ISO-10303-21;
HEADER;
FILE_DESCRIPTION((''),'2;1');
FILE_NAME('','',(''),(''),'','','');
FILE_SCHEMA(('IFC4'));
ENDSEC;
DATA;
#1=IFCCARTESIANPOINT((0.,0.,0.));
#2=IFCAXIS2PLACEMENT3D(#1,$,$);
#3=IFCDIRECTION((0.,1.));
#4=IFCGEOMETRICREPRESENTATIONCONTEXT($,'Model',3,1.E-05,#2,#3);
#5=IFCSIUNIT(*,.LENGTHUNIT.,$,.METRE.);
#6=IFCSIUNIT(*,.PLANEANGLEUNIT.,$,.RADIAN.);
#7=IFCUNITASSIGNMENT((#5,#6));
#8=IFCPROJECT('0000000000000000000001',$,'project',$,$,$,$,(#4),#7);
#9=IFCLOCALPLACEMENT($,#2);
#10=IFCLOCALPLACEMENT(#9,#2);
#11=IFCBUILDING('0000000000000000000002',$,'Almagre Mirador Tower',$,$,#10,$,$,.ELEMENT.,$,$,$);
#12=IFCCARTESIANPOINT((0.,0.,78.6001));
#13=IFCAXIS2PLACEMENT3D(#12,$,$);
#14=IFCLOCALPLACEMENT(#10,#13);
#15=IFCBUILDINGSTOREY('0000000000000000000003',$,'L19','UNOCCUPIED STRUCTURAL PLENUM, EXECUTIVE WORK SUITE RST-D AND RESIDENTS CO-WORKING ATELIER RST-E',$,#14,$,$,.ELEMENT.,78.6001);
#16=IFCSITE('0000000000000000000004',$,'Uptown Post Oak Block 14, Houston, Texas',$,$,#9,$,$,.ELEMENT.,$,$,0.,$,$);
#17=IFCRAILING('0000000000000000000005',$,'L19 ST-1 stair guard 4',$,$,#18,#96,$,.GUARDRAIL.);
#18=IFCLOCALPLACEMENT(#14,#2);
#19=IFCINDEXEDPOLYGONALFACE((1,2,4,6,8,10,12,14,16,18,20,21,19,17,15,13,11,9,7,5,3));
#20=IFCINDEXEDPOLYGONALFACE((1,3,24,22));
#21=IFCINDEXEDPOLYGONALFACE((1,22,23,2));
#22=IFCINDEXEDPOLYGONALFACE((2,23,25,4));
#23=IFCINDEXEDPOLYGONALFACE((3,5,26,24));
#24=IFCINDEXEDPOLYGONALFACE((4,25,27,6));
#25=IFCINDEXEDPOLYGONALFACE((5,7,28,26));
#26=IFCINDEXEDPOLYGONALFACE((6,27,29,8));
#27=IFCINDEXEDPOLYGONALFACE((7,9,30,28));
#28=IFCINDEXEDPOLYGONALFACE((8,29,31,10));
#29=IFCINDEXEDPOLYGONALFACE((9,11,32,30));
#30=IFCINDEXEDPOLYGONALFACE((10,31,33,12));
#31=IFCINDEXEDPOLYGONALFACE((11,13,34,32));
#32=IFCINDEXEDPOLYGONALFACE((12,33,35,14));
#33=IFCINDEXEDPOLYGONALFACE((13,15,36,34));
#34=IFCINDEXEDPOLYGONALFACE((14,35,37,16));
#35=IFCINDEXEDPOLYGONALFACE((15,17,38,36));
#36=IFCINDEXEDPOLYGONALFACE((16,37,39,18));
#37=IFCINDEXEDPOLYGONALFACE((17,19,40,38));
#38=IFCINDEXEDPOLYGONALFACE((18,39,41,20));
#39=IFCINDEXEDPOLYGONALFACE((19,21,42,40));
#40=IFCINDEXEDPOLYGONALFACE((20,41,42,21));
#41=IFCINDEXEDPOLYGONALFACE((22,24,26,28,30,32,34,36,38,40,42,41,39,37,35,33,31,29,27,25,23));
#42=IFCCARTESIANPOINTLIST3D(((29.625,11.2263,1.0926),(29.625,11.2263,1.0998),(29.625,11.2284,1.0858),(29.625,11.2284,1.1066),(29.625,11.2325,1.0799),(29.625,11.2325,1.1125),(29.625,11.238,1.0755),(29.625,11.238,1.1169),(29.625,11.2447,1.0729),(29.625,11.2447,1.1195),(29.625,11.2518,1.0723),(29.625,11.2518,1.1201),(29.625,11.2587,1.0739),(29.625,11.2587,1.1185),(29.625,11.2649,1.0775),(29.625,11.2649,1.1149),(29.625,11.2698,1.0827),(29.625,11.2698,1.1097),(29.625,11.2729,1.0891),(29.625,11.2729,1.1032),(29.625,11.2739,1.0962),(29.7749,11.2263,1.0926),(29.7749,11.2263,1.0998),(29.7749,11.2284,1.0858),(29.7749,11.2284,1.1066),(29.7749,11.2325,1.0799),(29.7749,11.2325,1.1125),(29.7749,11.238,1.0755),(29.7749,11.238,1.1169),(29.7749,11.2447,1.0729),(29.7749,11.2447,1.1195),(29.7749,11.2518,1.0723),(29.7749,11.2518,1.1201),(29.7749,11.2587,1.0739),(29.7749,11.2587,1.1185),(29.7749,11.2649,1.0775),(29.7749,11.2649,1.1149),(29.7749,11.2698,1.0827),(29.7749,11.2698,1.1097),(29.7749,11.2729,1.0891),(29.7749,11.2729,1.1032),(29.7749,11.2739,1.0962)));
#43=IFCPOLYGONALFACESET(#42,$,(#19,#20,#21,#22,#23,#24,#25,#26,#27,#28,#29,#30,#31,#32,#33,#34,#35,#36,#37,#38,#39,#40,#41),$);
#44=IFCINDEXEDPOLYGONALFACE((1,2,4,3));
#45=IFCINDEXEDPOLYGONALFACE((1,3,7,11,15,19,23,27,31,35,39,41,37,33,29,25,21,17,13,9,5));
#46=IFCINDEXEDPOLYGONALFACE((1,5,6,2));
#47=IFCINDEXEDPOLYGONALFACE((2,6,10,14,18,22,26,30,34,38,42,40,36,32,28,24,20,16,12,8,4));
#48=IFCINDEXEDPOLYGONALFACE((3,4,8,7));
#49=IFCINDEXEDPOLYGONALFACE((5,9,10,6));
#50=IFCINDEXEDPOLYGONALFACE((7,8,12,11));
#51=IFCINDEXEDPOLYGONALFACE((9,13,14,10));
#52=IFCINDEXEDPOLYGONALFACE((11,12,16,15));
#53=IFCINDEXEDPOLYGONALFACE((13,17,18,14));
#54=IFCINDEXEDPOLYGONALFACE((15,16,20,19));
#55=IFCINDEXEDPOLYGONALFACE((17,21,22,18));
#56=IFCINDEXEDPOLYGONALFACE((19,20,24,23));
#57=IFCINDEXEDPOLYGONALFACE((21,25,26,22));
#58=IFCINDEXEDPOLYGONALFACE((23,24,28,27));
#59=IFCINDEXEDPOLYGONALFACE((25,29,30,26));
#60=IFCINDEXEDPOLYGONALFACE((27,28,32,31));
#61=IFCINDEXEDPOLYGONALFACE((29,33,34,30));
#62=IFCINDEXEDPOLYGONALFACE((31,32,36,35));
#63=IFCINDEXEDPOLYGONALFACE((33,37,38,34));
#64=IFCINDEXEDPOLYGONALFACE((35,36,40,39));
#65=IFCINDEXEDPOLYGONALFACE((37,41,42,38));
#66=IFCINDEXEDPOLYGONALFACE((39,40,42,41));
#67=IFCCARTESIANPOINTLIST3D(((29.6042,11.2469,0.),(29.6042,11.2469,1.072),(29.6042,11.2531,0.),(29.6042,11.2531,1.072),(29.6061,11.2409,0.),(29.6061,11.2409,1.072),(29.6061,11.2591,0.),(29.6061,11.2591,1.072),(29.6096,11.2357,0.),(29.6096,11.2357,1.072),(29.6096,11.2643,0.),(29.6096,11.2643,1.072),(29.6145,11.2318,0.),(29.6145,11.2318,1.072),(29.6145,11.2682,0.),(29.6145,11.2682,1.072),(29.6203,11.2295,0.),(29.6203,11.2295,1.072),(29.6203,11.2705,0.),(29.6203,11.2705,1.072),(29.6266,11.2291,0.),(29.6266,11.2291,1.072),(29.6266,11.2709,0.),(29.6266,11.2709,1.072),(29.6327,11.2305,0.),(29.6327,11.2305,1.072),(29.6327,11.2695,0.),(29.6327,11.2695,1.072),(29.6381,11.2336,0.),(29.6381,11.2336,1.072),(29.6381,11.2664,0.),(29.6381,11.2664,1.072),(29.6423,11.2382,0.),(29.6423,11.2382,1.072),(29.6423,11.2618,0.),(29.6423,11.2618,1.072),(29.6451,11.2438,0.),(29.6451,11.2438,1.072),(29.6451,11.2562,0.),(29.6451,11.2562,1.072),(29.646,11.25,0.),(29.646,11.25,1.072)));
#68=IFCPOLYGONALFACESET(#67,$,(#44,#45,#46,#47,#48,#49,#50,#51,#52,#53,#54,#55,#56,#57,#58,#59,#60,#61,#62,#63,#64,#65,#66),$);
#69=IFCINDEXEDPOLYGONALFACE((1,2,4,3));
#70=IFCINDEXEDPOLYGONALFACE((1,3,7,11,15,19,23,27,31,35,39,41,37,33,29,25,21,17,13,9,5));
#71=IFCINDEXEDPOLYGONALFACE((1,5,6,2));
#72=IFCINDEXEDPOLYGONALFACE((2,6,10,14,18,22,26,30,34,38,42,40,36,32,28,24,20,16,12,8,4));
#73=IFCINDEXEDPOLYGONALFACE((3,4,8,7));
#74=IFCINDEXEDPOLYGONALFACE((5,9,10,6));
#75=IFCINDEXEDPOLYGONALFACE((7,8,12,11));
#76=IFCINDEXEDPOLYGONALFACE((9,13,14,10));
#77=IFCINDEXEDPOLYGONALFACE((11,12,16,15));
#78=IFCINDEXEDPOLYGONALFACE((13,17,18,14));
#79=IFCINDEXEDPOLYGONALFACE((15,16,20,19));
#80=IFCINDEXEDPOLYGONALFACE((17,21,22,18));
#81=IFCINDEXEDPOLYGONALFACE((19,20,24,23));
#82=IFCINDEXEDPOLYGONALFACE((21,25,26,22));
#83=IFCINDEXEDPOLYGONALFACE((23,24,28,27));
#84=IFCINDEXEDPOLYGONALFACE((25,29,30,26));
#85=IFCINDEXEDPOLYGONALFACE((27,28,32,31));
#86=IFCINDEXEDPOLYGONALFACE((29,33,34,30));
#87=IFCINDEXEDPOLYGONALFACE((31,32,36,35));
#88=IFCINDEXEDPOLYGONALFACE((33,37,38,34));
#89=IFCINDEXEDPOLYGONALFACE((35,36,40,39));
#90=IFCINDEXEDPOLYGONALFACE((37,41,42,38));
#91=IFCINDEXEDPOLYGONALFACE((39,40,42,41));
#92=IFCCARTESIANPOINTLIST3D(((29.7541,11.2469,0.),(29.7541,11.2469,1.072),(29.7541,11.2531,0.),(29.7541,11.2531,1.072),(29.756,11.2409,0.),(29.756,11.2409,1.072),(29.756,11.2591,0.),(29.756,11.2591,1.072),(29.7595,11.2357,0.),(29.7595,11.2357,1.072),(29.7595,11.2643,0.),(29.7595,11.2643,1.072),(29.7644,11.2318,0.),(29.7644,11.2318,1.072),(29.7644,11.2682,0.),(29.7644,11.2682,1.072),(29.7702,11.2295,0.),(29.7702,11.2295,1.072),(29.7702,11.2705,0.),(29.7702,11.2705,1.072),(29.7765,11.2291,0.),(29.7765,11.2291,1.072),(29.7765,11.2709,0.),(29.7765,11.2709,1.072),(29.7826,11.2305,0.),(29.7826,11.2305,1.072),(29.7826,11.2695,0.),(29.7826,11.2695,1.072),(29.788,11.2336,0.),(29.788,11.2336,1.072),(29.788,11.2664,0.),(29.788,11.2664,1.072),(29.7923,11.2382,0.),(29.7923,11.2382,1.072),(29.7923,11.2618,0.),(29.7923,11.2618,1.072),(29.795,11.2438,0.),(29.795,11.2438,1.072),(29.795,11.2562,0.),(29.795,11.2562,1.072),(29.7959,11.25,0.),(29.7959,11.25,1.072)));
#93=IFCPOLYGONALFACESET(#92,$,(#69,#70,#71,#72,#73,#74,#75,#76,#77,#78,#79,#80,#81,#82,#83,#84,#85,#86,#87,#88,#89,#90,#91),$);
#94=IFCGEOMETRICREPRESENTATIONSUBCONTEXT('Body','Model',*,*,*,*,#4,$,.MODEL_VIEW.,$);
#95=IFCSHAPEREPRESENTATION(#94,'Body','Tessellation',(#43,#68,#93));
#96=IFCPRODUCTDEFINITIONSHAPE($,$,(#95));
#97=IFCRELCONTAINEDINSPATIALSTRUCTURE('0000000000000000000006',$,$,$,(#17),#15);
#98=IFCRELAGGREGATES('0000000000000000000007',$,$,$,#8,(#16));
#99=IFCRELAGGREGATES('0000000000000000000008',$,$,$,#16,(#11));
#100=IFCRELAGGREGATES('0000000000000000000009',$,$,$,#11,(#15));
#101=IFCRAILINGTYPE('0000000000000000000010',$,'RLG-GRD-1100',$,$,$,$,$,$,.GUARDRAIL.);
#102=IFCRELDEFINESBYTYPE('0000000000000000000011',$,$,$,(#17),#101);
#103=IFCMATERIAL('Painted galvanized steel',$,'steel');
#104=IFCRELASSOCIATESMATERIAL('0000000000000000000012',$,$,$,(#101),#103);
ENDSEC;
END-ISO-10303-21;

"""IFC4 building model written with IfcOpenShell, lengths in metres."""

from ifc_helpers import new_model, si_unit, direction, frame, origin, origin_2d, place, context, subcontext, project, spatial, circle, extrude, material, type_object, element, save


model = new_model("IFC4")

# Units and contexts
model_context = context("Model", 3, precision=1e-05, world=origin(), true_north=direction((0.0, 1.0)))
body_context = subcontext(model_context, "Body", "Model", "MODEL_VIEW")
ifc_project = project(units=[si_unit("LENGTHUNIT", "METRE"), si_unit("PLANEANGLEUNIT", "RADIAN")], contexts=[model_context])

# Site, building, storey
site_placement = place(None, origin())
site = spatial("IfcSite", under=ifc_project, at=site_placement, Name="Uptown Post Oak Block 14, Houston, Texas", CompositionType="ELEMENT", RefElevation=0.0)
building_placement = place(site_placement, origin())
building = spatial("IfcBuilding", under=site, at=building_placement, Name="Almagre Mirador Tower", CompositionType="ELEMENT")
storey_placement = place(building_placement, frame((0.0, 0.0, 78.6001)))
storey = spatial("IfcBuildingStorey", under=building, at=storey_placement, Name="L19", Description="UNOCCUPIED STRUCTURAL PLENUM, EXECUTIVE WORK SUITE RST-D AND RESIDENTS CO-WORKING ATELIER RST-E", CompositionType="ELEMENT", Elevation=78.6001)

# Railing
ifc_material_1 = material(Name="Painted galvanized steel", Category="steel")
railing_type_1 = type_object("IfcRailingType", Name="RLG-GRD-1100", PredefinedType="GUARDRAIL", material=ifc_material_1)
railing_1_placement = place(storey_placement, frame((29.625, 11.25, 0.0)))
element("IfcRailing", 1, at=railing_1_placement, inside=storey, type_object=railing_type_1, Name="L19 ST-1 stair guard 4", PredefinedType="GUARDRAIL", context=body_context, shape_type="SweptSolid", body=[
    extrude(circle(Radius=0.0239, at=origin_2d()), frame((0.0, 0.0, 1.0962), z_axis=(1.0, 0.0, 0.0), x_axis=(0.0, 1.0, 0.0)), (0.0, 0.0, 1.0), 0.1499),
    extrude(circle(Radius=0.021, at=origin_2d()), origin(), (0.0, 0.0, 1.0), 1.072),
    extrude(circle(Radius=0.021, at=origin_2d()), frame((0.1499, 0.0, 0.0)), (0.0, 0.0, 1.0), 1.072),
])

save(model, "model.ifc")
